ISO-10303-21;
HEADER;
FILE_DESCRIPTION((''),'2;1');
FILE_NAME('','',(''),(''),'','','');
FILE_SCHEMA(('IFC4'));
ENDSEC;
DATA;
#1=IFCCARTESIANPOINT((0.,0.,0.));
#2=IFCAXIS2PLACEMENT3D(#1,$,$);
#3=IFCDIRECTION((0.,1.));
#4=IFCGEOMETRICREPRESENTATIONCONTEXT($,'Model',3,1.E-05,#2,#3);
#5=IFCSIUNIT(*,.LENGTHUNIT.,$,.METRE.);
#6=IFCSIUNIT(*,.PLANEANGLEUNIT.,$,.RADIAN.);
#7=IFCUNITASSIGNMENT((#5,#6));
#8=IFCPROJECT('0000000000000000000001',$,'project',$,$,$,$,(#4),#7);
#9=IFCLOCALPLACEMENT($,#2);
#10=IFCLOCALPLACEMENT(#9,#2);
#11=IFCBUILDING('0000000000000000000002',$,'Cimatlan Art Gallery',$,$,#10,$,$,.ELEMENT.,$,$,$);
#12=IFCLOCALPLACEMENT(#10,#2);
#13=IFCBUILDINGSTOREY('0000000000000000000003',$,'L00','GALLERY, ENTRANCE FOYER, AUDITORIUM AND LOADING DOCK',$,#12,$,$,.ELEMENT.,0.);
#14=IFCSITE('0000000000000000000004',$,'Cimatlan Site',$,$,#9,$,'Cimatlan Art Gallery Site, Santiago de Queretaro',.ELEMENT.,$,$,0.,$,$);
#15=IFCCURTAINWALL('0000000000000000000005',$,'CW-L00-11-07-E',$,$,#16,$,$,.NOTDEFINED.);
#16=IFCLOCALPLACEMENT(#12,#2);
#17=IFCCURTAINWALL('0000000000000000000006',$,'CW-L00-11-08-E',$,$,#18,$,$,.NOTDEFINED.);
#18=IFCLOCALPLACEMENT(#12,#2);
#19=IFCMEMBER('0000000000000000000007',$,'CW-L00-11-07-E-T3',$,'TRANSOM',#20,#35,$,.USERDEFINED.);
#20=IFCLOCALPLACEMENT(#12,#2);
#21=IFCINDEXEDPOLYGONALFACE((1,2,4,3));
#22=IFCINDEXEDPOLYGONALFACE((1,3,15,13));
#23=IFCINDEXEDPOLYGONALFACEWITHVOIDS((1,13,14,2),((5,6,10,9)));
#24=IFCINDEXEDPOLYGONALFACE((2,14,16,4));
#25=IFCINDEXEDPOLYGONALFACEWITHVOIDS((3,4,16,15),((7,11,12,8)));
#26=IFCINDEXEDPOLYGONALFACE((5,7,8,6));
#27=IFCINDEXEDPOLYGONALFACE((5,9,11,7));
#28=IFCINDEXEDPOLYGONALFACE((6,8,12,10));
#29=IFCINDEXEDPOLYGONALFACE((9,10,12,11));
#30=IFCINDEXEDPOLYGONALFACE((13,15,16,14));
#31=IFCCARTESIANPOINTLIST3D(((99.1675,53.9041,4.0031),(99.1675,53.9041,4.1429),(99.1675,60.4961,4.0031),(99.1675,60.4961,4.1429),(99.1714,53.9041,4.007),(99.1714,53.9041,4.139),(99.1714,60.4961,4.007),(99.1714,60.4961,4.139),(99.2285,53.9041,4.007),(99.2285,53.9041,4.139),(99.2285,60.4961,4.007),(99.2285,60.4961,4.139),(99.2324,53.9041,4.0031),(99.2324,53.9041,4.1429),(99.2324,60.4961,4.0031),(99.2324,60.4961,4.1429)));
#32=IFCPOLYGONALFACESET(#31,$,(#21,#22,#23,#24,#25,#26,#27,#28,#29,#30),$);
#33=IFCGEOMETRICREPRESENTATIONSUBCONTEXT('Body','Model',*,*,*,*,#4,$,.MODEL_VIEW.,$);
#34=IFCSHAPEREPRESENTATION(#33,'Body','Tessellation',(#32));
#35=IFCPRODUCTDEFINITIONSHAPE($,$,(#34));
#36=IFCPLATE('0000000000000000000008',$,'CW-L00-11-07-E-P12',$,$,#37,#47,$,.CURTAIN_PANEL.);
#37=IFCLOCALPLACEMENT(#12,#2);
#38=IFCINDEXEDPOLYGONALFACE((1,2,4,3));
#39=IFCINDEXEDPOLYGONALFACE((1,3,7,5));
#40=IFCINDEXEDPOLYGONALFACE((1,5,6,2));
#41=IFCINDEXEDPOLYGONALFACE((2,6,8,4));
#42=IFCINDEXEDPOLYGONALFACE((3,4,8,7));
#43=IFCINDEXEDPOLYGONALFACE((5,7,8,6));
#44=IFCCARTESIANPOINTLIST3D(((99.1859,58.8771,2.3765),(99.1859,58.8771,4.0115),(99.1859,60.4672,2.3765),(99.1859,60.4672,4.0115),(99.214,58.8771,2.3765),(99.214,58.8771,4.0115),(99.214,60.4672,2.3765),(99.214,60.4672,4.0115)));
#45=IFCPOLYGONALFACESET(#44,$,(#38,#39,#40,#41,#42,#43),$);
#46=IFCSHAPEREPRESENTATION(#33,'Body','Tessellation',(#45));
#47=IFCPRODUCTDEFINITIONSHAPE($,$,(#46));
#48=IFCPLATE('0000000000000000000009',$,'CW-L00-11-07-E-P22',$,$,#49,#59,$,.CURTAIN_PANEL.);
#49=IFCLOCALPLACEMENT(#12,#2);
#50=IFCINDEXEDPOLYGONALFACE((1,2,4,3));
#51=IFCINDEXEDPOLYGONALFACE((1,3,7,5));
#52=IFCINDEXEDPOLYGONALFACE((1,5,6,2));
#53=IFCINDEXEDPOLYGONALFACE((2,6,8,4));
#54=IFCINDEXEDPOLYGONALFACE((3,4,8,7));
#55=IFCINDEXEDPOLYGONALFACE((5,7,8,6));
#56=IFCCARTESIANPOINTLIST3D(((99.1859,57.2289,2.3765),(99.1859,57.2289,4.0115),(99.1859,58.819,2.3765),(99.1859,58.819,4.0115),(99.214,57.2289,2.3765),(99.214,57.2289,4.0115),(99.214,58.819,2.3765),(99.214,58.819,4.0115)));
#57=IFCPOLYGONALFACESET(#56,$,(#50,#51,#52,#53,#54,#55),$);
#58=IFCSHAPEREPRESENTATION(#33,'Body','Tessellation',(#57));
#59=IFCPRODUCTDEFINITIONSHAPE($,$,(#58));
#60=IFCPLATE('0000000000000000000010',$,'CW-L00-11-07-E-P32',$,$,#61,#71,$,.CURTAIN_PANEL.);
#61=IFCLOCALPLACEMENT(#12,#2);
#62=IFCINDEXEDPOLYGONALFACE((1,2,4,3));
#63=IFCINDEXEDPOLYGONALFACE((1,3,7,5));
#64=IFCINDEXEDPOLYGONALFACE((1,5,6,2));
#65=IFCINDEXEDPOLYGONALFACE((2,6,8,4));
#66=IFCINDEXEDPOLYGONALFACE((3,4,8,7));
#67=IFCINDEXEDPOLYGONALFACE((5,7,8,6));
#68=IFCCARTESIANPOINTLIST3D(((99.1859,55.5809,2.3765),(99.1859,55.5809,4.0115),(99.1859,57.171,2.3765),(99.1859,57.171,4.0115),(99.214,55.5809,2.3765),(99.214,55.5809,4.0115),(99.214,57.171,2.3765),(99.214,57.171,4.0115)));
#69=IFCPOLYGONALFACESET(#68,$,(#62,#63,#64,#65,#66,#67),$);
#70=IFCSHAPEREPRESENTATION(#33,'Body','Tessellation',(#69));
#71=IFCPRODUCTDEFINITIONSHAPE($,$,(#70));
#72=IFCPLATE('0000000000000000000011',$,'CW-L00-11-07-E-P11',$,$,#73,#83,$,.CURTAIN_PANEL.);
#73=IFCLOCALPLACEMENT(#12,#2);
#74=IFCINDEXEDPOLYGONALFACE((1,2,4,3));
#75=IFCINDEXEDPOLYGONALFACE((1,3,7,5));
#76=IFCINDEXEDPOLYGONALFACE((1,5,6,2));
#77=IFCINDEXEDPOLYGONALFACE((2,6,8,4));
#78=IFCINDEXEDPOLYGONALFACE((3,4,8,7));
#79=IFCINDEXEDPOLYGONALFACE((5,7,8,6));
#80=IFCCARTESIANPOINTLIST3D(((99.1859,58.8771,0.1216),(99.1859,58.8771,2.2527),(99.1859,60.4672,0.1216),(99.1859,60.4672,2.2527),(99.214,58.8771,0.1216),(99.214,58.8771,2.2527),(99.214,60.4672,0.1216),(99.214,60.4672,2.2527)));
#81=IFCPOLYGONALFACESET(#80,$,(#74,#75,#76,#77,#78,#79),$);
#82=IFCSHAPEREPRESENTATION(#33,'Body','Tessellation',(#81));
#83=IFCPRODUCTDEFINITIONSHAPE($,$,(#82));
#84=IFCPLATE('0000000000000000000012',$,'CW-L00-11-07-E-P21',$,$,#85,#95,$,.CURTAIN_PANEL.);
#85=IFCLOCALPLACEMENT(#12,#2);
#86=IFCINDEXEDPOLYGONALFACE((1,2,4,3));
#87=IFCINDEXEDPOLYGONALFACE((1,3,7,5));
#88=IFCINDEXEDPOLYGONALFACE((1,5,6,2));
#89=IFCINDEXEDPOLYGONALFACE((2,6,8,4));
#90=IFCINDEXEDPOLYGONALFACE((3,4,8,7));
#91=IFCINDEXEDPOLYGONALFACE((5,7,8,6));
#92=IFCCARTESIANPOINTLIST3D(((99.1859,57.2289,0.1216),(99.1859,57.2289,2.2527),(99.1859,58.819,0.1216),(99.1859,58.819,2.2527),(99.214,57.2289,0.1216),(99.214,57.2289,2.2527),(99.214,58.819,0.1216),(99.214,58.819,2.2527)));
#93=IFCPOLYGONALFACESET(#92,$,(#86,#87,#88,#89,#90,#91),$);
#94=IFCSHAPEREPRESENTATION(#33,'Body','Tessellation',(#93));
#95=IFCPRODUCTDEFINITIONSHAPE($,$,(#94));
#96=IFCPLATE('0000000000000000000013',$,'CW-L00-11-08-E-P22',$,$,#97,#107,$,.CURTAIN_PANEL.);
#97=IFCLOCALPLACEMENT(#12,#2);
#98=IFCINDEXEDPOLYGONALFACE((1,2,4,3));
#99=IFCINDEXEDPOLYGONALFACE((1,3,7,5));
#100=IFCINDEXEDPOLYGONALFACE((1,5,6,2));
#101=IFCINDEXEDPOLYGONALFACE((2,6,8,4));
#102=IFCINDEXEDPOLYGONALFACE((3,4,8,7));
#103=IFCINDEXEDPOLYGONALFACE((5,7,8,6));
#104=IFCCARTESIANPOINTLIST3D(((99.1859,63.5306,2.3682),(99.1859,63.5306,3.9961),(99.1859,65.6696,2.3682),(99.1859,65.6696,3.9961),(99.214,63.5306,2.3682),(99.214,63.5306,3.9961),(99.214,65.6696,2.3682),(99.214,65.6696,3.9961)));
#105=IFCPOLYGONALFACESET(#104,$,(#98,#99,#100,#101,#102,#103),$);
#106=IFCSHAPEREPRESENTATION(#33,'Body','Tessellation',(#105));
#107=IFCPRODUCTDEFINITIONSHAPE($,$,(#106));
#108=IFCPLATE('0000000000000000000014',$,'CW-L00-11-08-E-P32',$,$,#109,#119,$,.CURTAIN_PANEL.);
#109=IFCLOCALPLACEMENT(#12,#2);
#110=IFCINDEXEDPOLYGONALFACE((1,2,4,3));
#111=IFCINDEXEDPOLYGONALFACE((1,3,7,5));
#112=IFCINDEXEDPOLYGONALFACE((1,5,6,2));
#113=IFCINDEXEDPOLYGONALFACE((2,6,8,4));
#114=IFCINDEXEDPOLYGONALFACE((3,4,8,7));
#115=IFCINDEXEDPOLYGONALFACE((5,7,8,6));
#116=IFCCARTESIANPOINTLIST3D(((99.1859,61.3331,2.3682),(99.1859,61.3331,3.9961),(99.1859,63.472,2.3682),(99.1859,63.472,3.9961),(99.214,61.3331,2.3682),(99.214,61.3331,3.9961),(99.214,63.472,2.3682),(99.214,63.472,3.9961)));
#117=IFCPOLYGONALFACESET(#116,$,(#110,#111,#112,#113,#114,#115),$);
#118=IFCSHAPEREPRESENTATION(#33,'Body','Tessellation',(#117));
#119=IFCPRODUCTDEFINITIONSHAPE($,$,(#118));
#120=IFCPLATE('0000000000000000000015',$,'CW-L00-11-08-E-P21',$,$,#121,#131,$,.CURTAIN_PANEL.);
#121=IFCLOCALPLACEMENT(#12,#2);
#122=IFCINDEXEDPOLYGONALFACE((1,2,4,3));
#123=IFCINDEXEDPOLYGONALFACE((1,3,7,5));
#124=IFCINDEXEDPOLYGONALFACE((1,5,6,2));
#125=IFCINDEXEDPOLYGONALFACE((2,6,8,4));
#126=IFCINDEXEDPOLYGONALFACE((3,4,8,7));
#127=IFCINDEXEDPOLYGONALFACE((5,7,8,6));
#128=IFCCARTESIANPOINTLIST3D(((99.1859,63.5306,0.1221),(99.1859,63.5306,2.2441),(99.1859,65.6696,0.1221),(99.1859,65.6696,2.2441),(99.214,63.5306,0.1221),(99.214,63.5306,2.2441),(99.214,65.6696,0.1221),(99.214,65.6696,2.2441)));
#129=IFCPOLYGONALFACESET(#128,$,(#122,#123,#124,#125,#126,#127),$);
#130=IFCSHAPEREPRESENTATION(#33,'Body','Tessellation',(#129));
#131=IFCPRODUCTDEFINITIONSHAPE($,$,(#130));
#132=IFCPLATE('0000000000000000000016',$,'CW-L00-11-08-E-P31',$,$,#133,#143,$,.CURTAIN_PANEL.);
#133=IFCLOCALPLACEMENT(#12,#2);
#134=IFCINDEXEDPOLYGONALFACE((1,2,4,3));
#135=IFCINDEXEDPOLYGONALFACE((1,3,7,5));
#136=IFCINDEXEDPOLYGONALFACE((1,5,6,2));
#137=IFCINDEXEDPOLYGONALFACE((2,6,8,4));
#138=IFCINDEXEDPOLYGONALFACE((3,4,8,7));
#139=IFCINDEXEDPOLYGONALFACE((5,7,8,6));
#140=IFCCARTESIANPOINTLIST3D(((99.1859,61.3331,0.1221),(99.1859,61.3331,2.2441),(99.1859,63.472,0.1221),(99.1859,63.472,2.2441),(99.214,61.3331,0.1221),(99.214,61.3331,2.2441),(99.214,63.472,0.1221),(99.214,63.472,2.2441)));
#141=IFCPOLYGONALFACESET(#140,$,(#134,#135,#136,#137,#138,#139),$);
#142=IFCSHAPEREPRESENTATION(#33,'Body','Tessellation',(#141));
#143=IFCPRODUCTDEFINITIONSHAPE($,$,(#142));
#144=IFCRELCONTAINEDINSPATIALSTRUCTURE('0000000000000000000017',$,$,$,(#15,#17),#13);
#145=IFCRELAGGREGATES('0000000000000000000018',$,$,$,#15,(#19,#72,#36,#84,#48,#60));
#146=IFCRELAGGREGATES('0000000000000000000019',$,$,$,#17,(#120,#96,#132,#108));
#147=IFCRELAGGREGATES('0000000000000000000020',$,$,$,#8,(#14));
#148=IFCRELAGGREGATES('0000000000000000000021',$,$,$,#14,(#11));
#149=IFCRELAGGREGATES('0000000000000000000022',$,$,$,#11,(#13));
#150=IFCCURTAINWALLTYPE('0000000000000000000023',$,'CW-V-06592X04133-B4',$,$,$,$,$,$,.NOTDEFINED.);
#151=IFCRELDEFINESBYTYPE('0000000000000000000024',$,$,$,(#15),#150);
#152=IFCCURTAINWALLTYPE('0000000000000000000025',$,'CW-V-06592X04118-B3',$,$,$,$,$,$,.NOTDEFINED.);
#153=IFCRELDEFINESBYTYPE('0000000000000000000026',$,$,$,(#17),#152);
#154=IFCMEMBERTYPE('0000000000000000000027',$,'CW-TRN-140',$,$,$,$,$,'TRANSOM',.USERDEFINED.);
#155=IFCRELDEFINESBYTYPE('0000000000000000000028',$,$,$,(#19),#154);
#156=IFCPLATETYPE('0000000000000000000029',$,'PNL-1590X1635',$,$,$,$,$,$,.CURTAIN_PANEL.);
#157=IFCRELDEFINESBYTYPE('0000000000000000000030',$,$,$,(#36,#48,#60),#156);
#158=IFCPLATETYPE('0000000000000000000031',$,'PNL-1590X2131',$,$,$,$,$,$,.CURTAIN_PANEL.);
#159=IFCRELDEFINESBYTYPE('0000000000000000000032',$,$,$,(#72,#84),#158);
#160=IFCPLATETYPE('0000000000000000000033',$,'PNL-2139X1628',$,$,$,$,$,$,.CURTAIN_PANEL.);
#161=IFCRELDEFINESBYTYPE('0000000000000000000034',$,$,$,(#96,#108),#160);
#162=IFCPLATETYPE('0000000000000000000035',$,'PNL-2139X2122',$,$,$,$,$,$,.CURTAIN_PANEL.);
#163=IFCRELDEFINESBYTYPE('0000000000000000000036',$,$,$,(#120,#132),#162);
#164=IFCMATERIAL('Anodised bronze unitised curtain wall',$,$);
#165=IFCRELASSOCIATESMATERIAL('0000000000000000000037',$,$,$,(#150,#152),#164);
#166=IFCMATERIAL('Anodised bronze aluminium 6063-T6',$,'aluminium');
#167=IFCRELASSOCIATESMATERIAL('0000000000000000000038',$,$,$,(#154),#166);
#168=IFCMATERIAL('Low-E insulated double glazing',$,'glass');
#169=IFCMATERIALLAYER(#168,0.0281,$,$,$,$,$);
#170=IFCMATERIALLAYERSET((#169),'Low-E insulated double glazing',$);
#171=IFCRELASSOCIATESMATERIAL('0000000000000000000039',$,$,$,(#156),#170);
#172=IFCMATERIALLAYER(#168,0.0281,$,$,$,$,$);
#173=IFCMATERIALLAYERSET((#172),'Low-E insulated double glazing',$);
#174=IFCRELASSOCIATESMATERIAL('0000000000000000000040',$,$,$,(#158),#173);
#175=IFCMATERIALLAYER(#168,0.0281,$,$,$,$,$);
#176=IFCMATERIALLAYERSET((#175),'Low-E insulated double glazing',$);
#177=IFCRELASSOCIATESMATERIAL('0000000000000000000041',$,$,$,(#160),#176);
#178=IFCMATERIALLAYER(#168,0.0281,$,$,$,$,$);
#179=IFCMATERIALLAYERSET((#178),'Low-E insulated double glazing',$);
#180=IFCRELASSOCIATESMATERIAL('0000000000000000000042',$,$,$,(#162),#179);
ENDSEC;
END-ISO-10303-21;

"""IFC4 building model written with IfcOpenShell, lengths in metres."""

from ifc_helpers import new_model, si_unit, direction, frame, origin, origin_2d, place, context, subcontext, project, spatial, rectangle, hollow_rectangle, extrude, material, layer, layer_set, material_profile, profile_set, type_object, element, aggregate, save


model = new_model("IFC4")

# Units and contexts
model_context = context("Model", 3, precision=1e-05, world=origin(), true_north=direction((0.0, 1.0)))
body_context = subcontext(model_context, "Body", "Model", "MODEL_VIEW")
ifc_project = project(units=[si_unit("LENGTHUNIT", "METRE"), si_unit("PLANEANGLEUNIT", "RADIAN")], contexts=[model_context])

# Site, building, storey
site_placement = place(None, origin())
site = spatial("IfcSite", under=ifc_project, at=site_placement, Name="Cimatlan Site", LongName="Cimatlan Art Gallery Site, Santiago de Queretaro", CompositionType="ELEMENT", RefElevation=0.0)
building_placement = place(site_placement, origin())
building = spatial("IfcBuilding", under=site, at=building_placement, Name="Cimatlan Art Gallery", CompositionType="ELEMENT")
storey_placement = place(building_placement, origin())
storey = spatial("IfcBuildingStorey", under=building, at=storey_placement, Name="L00", Description="GALLERY, ENTRANCE FOYER, AUDITORIUM AND LOADING DOCK", CompositionType="ELEMENT", Elevation=0.0)

# Curtain walls
ifc_material_1 = material(Name="Anodised bronze unitised curtain wall")
curtain_wall_type_1 = type_object("IfcCurtainWallType", Name="CW-V-06592X04133-B4", PredefinedType="NOTDEFINED", material=ifc_material_1)
curtain_wall_1_placement = place(storey_placement, origin())
curtain_wall_1 = element("IfcCurtainWall", 1, at=curtain_wall_1_placement, inside=storey, type_object=curtain_wall_type_1, Name="CW-L00-11-07-E", PredefinedType="NOTDEFINED")
ifc_material_2 = material(Name="Anodised bronze aluminium 6063-T6", Category="aluminium")
curtain_wall_type_2 = type_object("IfcCurtainWallType", Name="CW-V-06592X04118-B3", PredefinedType="NOTDEFINED", material=ifc_material_1)
curtain_wall_2_placement = place(storey_placement, origin())
curtain_wall_2 = element("IfcCurtainWall", 2, at=curtain_wall_2_placement, inside=storey, type_object=curtain_wall_type_2, Name="CW-L00-11-08-E", PredefinedType="NOTDEFINED")

# Member
ifc_material_profile_1 = material_profile(ifc_material_2, hollow_rectangle(XDim=0.0649, YDim=0.1399, WallThickness=0.0039, at=origin_2d()), Name="ALU65X140X4")
ifc_profile_set_1 = profile_set([ifc_material_profile_1], Name="Anodised bronze aluminium 6063-T6")
member_type_1 = type_object("IfcMemberType", Name="CW-TRN-140", ElementType="TRANSOM", PredefinedType="USERDEFINED", material=ifc_profile_set_1)
member_1_placement = place(storey_placement, frame((99.2, 60.4961, 4.073), z_axis=(0.0, -1.0, 0.0), x_axis=(1.0, 0.0, 0.0)))
member_1 = element("IfcMember", 3, at=member_1_placement, type_object=member_type_1, Name="CW-L00-11-07-E-T3", ObjectType="TRANSOM", PredefinedType="USERDEFINED", context=body_context, shape_type="SweptSolid", body=[
    extrude(hollow_rectangle(XDim=0.0649, YDim=0.1399, WallThickness=0.0039, at=origin_2d()), origin(), (0.0, 0.0, 1.0), 6.592),
])

# Plates
ifc_material_3 = material(Name="Low-E insulated double glazing", Category="glass")
ifc_layer_1 = layer(ifc_material_3, 0.0281)
ifc_layer_set_1 = layer_set([ifc_layer_1], Name="Low-E insulated double glazing")
plate_type_1 = type_object("IfcPlateType", Name="PNL-1590X1635", PredefinedType="CURTAIN_PANEL", material=ifc_layer_set_1)
plate_1_placement = place(storey_placement, frame((99.2, 59.6721, 2.3765), z_axis=(0.0, 0.0, 1.0), x_axis=(0.0, -1.0, 0.0)))
plate_1 = element("IfcPlate", 4, at=plate_1_placement, type_object=plate_type_1, Name="CW-L00-11-07-E-P12", PredefinedType="CURTAIN_PANEL", context=body_context, shape_type="SweptSolid", body=[
    extrude(rectangle(XDim=1.5901, YDim=0.0281, at=origin_2d()), origin(), (0.0, 0.0, 1.0), 1.635),
])
plate_2_placement = place(storey_placement, frame((99.2, 58.0239, 2.3765), z_axis=(0.0, 0.0, 1.0), x_axis=(0.0, -1.0, 0.0)))
plate_2 = element("IfcPlate", 5, at=plate_2_placement, type_object=plate_type_1, Name="CW-L00-11-07-E-P22", PredefinedType="CURTAIN_PANEL", context=body_context, shape_type="SweptSolid", body=[
    extrude(rectangle(XDim=1.5901, YDim=0.0281, at=origin_2d()), origin(), (0.0, 0.0, 1.0), 1.635),
])
plate_3_placement = place(storey_placement, frame((99.2, 56.376, 2.3765), z_axis=(0.0, 0.0, 1.0), x_axis=(0.0, -1.0, 0.0)))
plate_3 = element("IfcPlate", 6, at=plate_3_placement, type_object=plate_type_1, Name="CW-L00-11-07-E-P32", PredefinedType="CURTAIN_PANEL", context=body_context, shape_type="SweptSolid", body=[
    extrude(rectangle(XDim=1.5901, YDim=0.0281, at=origin_2d()), origin(), (0.0, 0.0, 1.0), 1.635),
])
ifc_layer_2 = layer(ifc_material_3, 0.0281)
ifc_layer_set_2 = layer_set([ifc_layer_2], Name="Low-E insulated double glazing")
plate_type_2 = type_object("IfcPlateType", Name="PNL-1590X2131", PredefinedType="CURTAIN_PANEL", material=ifc_layer_set_2)
plate_4_placement = place(storey_placement, frame((99.2, 59.6721, 0.1216), z_axis=(0.0, 0.0, 1.0), x_axis=(0.0, -1.0, 0.0)))
plate_4 = element("IfcPlate", 7, at=plate_4_placement, type_object=plate_type_2, Name="CW-L00-11-07-E-P11", PredefinedType="CURTAIN_PANEL", context=body_context, shape_type="SweptSolid", body=[
    extrude(rectangle(XDim=1.5901, YDim=0.0281, at=origin_2d()), origin(), (0.0, 0.0, 1.0), 2.1311),
])
plate_5_placement = place(storey_placement, frame((99.2, 58.0239, 0.1216), z_axis=(0.0, 0.0, 1.0), x_axis=(0.0, -1.0, 0.0)))
plate_5 = element("IfcPlate", 8, at=plate_5_placement, type_object=plate_type_2, Name="CW-L00-11-07-E-P21", PredefinedType="CURTAIN_PANEL", context=body_context, shape_type="SweptSolid", body=[
    extrude(rectangle(XDim=1.5901, YDim=0.0281, at=origin_2d()), origin(), (0.0, 0.0, 1.0), 2.1311),
])
aggregate(curtain_wall_1, [member_1, plate_4, plate_1, plate_5, plate_2, plate_3])
ifc_layer_3 = layer(ifc_material_3, 0.0281)
ifc_layer_set_3 = layer_set([ifc_layer_3], Name="Low-E insulated double glazing")
plate_type_3 = type_object("IfcPlateType", Name="PNL-2139X1628", PredefinedType="CURTAIN_PANEL", material=ifc_layer_set_3)
plate_6_placement = place(storey_placement, frame((99.2, 64.6001, 2.3682), z_axis=(0.0, 0.0, 1.0), x_axis=(0.0, -1.0, 0.0)))
plate_6 = element("IfcPlate", 9, at=plate_6_placement, type_object=plate_type_3, Name="CW-L00-11-08-E-P22", PredefinedType="CURTAIN_PANEL", context=body_context, shape_type="SweptSolid", body=[
    extrude(rectangle(XDim=2.1389, YDim=0.0281, at=origin_2d()), origin(), (0.0, 0.0, 1.0), 1.6279),
])
plate_7_placement = place(storey_placement, frame((99.2, 62.4026, 2.3682), z_axis=(0.0, 0.0, 1.0), x_axis=(0.0, -1.0, 0.0)))
plate_7 = element("IfcPlate", 10, at=plate_7_placement, type_object=plate_type_3, Name="CW-L00-11-08-E-P32", PredefinedType="CURTAIN_PANEL", context=body_context, shape_type="SweptSolid", body=[
    extrude(rectangle(XDim=2.1389, YDim=0.0281, at=origin_2d()), origin(), (0.0, 0.0, 1.0), 1.6279),
])
ifc_layer_4 = layer(ifc_material_3, 0.0281)
ifc_layer_set_4 = layer_set([ifc_layer_4], Name="Low-E insulated double glazing")
plate_type_4 = type_object("IfcPlateType", Name="PNL-2139X2122", PredefinedType="CURTAIN_PANEL", material=ifc_layer_set_4)
plate_8_placement = place(storey_placement, frame((99.2, 64.6001, 0.1221), z_axis=(0.0, 0.0, 1.0), x_axis=(0.0, -1.0, 0.0)))
plate_8 = element("IfcPlate", 11, at=plate_8_placement, type_object=plate_type_4, Name="CW-L00-11-08-E-P21", PredefinedType="CURTAIN_PANEL", context=body_context, shape_type="SweptSolid", body=[
    extrude(rectangle(XDim=2.1389, YDim=0.0281, at=origin_2d()), origin(), (0.0, 0.0, 1.0), 2.1221),
])
plate_9_placement = place(storey_placement, frame((99.2, 62.4026, 0.1221), z_axis=(0.0, 0.0, 1.0), x_axis=(0.0, -1.0, 0.0)))
plate_9 = element("IfcPlate", 12, at=plate_9_placement, type_object=plate_type_4, Name="CW-L00-11-08-E-P31", PredefinedType="CURTAIN_PANEL", context=body_context, shape_type="SweptSolid", body=[
    extrude(rectangle(XDim=2.1389, YDim=0.0281, at=origin_2d()), origin(), (0.0, 0.0, 1.0), 2.1221),
])
aggregate(curtain_wall_2, [plate_8, plate_6, plate_9, plate_7])

save(model, "model.ifc")
